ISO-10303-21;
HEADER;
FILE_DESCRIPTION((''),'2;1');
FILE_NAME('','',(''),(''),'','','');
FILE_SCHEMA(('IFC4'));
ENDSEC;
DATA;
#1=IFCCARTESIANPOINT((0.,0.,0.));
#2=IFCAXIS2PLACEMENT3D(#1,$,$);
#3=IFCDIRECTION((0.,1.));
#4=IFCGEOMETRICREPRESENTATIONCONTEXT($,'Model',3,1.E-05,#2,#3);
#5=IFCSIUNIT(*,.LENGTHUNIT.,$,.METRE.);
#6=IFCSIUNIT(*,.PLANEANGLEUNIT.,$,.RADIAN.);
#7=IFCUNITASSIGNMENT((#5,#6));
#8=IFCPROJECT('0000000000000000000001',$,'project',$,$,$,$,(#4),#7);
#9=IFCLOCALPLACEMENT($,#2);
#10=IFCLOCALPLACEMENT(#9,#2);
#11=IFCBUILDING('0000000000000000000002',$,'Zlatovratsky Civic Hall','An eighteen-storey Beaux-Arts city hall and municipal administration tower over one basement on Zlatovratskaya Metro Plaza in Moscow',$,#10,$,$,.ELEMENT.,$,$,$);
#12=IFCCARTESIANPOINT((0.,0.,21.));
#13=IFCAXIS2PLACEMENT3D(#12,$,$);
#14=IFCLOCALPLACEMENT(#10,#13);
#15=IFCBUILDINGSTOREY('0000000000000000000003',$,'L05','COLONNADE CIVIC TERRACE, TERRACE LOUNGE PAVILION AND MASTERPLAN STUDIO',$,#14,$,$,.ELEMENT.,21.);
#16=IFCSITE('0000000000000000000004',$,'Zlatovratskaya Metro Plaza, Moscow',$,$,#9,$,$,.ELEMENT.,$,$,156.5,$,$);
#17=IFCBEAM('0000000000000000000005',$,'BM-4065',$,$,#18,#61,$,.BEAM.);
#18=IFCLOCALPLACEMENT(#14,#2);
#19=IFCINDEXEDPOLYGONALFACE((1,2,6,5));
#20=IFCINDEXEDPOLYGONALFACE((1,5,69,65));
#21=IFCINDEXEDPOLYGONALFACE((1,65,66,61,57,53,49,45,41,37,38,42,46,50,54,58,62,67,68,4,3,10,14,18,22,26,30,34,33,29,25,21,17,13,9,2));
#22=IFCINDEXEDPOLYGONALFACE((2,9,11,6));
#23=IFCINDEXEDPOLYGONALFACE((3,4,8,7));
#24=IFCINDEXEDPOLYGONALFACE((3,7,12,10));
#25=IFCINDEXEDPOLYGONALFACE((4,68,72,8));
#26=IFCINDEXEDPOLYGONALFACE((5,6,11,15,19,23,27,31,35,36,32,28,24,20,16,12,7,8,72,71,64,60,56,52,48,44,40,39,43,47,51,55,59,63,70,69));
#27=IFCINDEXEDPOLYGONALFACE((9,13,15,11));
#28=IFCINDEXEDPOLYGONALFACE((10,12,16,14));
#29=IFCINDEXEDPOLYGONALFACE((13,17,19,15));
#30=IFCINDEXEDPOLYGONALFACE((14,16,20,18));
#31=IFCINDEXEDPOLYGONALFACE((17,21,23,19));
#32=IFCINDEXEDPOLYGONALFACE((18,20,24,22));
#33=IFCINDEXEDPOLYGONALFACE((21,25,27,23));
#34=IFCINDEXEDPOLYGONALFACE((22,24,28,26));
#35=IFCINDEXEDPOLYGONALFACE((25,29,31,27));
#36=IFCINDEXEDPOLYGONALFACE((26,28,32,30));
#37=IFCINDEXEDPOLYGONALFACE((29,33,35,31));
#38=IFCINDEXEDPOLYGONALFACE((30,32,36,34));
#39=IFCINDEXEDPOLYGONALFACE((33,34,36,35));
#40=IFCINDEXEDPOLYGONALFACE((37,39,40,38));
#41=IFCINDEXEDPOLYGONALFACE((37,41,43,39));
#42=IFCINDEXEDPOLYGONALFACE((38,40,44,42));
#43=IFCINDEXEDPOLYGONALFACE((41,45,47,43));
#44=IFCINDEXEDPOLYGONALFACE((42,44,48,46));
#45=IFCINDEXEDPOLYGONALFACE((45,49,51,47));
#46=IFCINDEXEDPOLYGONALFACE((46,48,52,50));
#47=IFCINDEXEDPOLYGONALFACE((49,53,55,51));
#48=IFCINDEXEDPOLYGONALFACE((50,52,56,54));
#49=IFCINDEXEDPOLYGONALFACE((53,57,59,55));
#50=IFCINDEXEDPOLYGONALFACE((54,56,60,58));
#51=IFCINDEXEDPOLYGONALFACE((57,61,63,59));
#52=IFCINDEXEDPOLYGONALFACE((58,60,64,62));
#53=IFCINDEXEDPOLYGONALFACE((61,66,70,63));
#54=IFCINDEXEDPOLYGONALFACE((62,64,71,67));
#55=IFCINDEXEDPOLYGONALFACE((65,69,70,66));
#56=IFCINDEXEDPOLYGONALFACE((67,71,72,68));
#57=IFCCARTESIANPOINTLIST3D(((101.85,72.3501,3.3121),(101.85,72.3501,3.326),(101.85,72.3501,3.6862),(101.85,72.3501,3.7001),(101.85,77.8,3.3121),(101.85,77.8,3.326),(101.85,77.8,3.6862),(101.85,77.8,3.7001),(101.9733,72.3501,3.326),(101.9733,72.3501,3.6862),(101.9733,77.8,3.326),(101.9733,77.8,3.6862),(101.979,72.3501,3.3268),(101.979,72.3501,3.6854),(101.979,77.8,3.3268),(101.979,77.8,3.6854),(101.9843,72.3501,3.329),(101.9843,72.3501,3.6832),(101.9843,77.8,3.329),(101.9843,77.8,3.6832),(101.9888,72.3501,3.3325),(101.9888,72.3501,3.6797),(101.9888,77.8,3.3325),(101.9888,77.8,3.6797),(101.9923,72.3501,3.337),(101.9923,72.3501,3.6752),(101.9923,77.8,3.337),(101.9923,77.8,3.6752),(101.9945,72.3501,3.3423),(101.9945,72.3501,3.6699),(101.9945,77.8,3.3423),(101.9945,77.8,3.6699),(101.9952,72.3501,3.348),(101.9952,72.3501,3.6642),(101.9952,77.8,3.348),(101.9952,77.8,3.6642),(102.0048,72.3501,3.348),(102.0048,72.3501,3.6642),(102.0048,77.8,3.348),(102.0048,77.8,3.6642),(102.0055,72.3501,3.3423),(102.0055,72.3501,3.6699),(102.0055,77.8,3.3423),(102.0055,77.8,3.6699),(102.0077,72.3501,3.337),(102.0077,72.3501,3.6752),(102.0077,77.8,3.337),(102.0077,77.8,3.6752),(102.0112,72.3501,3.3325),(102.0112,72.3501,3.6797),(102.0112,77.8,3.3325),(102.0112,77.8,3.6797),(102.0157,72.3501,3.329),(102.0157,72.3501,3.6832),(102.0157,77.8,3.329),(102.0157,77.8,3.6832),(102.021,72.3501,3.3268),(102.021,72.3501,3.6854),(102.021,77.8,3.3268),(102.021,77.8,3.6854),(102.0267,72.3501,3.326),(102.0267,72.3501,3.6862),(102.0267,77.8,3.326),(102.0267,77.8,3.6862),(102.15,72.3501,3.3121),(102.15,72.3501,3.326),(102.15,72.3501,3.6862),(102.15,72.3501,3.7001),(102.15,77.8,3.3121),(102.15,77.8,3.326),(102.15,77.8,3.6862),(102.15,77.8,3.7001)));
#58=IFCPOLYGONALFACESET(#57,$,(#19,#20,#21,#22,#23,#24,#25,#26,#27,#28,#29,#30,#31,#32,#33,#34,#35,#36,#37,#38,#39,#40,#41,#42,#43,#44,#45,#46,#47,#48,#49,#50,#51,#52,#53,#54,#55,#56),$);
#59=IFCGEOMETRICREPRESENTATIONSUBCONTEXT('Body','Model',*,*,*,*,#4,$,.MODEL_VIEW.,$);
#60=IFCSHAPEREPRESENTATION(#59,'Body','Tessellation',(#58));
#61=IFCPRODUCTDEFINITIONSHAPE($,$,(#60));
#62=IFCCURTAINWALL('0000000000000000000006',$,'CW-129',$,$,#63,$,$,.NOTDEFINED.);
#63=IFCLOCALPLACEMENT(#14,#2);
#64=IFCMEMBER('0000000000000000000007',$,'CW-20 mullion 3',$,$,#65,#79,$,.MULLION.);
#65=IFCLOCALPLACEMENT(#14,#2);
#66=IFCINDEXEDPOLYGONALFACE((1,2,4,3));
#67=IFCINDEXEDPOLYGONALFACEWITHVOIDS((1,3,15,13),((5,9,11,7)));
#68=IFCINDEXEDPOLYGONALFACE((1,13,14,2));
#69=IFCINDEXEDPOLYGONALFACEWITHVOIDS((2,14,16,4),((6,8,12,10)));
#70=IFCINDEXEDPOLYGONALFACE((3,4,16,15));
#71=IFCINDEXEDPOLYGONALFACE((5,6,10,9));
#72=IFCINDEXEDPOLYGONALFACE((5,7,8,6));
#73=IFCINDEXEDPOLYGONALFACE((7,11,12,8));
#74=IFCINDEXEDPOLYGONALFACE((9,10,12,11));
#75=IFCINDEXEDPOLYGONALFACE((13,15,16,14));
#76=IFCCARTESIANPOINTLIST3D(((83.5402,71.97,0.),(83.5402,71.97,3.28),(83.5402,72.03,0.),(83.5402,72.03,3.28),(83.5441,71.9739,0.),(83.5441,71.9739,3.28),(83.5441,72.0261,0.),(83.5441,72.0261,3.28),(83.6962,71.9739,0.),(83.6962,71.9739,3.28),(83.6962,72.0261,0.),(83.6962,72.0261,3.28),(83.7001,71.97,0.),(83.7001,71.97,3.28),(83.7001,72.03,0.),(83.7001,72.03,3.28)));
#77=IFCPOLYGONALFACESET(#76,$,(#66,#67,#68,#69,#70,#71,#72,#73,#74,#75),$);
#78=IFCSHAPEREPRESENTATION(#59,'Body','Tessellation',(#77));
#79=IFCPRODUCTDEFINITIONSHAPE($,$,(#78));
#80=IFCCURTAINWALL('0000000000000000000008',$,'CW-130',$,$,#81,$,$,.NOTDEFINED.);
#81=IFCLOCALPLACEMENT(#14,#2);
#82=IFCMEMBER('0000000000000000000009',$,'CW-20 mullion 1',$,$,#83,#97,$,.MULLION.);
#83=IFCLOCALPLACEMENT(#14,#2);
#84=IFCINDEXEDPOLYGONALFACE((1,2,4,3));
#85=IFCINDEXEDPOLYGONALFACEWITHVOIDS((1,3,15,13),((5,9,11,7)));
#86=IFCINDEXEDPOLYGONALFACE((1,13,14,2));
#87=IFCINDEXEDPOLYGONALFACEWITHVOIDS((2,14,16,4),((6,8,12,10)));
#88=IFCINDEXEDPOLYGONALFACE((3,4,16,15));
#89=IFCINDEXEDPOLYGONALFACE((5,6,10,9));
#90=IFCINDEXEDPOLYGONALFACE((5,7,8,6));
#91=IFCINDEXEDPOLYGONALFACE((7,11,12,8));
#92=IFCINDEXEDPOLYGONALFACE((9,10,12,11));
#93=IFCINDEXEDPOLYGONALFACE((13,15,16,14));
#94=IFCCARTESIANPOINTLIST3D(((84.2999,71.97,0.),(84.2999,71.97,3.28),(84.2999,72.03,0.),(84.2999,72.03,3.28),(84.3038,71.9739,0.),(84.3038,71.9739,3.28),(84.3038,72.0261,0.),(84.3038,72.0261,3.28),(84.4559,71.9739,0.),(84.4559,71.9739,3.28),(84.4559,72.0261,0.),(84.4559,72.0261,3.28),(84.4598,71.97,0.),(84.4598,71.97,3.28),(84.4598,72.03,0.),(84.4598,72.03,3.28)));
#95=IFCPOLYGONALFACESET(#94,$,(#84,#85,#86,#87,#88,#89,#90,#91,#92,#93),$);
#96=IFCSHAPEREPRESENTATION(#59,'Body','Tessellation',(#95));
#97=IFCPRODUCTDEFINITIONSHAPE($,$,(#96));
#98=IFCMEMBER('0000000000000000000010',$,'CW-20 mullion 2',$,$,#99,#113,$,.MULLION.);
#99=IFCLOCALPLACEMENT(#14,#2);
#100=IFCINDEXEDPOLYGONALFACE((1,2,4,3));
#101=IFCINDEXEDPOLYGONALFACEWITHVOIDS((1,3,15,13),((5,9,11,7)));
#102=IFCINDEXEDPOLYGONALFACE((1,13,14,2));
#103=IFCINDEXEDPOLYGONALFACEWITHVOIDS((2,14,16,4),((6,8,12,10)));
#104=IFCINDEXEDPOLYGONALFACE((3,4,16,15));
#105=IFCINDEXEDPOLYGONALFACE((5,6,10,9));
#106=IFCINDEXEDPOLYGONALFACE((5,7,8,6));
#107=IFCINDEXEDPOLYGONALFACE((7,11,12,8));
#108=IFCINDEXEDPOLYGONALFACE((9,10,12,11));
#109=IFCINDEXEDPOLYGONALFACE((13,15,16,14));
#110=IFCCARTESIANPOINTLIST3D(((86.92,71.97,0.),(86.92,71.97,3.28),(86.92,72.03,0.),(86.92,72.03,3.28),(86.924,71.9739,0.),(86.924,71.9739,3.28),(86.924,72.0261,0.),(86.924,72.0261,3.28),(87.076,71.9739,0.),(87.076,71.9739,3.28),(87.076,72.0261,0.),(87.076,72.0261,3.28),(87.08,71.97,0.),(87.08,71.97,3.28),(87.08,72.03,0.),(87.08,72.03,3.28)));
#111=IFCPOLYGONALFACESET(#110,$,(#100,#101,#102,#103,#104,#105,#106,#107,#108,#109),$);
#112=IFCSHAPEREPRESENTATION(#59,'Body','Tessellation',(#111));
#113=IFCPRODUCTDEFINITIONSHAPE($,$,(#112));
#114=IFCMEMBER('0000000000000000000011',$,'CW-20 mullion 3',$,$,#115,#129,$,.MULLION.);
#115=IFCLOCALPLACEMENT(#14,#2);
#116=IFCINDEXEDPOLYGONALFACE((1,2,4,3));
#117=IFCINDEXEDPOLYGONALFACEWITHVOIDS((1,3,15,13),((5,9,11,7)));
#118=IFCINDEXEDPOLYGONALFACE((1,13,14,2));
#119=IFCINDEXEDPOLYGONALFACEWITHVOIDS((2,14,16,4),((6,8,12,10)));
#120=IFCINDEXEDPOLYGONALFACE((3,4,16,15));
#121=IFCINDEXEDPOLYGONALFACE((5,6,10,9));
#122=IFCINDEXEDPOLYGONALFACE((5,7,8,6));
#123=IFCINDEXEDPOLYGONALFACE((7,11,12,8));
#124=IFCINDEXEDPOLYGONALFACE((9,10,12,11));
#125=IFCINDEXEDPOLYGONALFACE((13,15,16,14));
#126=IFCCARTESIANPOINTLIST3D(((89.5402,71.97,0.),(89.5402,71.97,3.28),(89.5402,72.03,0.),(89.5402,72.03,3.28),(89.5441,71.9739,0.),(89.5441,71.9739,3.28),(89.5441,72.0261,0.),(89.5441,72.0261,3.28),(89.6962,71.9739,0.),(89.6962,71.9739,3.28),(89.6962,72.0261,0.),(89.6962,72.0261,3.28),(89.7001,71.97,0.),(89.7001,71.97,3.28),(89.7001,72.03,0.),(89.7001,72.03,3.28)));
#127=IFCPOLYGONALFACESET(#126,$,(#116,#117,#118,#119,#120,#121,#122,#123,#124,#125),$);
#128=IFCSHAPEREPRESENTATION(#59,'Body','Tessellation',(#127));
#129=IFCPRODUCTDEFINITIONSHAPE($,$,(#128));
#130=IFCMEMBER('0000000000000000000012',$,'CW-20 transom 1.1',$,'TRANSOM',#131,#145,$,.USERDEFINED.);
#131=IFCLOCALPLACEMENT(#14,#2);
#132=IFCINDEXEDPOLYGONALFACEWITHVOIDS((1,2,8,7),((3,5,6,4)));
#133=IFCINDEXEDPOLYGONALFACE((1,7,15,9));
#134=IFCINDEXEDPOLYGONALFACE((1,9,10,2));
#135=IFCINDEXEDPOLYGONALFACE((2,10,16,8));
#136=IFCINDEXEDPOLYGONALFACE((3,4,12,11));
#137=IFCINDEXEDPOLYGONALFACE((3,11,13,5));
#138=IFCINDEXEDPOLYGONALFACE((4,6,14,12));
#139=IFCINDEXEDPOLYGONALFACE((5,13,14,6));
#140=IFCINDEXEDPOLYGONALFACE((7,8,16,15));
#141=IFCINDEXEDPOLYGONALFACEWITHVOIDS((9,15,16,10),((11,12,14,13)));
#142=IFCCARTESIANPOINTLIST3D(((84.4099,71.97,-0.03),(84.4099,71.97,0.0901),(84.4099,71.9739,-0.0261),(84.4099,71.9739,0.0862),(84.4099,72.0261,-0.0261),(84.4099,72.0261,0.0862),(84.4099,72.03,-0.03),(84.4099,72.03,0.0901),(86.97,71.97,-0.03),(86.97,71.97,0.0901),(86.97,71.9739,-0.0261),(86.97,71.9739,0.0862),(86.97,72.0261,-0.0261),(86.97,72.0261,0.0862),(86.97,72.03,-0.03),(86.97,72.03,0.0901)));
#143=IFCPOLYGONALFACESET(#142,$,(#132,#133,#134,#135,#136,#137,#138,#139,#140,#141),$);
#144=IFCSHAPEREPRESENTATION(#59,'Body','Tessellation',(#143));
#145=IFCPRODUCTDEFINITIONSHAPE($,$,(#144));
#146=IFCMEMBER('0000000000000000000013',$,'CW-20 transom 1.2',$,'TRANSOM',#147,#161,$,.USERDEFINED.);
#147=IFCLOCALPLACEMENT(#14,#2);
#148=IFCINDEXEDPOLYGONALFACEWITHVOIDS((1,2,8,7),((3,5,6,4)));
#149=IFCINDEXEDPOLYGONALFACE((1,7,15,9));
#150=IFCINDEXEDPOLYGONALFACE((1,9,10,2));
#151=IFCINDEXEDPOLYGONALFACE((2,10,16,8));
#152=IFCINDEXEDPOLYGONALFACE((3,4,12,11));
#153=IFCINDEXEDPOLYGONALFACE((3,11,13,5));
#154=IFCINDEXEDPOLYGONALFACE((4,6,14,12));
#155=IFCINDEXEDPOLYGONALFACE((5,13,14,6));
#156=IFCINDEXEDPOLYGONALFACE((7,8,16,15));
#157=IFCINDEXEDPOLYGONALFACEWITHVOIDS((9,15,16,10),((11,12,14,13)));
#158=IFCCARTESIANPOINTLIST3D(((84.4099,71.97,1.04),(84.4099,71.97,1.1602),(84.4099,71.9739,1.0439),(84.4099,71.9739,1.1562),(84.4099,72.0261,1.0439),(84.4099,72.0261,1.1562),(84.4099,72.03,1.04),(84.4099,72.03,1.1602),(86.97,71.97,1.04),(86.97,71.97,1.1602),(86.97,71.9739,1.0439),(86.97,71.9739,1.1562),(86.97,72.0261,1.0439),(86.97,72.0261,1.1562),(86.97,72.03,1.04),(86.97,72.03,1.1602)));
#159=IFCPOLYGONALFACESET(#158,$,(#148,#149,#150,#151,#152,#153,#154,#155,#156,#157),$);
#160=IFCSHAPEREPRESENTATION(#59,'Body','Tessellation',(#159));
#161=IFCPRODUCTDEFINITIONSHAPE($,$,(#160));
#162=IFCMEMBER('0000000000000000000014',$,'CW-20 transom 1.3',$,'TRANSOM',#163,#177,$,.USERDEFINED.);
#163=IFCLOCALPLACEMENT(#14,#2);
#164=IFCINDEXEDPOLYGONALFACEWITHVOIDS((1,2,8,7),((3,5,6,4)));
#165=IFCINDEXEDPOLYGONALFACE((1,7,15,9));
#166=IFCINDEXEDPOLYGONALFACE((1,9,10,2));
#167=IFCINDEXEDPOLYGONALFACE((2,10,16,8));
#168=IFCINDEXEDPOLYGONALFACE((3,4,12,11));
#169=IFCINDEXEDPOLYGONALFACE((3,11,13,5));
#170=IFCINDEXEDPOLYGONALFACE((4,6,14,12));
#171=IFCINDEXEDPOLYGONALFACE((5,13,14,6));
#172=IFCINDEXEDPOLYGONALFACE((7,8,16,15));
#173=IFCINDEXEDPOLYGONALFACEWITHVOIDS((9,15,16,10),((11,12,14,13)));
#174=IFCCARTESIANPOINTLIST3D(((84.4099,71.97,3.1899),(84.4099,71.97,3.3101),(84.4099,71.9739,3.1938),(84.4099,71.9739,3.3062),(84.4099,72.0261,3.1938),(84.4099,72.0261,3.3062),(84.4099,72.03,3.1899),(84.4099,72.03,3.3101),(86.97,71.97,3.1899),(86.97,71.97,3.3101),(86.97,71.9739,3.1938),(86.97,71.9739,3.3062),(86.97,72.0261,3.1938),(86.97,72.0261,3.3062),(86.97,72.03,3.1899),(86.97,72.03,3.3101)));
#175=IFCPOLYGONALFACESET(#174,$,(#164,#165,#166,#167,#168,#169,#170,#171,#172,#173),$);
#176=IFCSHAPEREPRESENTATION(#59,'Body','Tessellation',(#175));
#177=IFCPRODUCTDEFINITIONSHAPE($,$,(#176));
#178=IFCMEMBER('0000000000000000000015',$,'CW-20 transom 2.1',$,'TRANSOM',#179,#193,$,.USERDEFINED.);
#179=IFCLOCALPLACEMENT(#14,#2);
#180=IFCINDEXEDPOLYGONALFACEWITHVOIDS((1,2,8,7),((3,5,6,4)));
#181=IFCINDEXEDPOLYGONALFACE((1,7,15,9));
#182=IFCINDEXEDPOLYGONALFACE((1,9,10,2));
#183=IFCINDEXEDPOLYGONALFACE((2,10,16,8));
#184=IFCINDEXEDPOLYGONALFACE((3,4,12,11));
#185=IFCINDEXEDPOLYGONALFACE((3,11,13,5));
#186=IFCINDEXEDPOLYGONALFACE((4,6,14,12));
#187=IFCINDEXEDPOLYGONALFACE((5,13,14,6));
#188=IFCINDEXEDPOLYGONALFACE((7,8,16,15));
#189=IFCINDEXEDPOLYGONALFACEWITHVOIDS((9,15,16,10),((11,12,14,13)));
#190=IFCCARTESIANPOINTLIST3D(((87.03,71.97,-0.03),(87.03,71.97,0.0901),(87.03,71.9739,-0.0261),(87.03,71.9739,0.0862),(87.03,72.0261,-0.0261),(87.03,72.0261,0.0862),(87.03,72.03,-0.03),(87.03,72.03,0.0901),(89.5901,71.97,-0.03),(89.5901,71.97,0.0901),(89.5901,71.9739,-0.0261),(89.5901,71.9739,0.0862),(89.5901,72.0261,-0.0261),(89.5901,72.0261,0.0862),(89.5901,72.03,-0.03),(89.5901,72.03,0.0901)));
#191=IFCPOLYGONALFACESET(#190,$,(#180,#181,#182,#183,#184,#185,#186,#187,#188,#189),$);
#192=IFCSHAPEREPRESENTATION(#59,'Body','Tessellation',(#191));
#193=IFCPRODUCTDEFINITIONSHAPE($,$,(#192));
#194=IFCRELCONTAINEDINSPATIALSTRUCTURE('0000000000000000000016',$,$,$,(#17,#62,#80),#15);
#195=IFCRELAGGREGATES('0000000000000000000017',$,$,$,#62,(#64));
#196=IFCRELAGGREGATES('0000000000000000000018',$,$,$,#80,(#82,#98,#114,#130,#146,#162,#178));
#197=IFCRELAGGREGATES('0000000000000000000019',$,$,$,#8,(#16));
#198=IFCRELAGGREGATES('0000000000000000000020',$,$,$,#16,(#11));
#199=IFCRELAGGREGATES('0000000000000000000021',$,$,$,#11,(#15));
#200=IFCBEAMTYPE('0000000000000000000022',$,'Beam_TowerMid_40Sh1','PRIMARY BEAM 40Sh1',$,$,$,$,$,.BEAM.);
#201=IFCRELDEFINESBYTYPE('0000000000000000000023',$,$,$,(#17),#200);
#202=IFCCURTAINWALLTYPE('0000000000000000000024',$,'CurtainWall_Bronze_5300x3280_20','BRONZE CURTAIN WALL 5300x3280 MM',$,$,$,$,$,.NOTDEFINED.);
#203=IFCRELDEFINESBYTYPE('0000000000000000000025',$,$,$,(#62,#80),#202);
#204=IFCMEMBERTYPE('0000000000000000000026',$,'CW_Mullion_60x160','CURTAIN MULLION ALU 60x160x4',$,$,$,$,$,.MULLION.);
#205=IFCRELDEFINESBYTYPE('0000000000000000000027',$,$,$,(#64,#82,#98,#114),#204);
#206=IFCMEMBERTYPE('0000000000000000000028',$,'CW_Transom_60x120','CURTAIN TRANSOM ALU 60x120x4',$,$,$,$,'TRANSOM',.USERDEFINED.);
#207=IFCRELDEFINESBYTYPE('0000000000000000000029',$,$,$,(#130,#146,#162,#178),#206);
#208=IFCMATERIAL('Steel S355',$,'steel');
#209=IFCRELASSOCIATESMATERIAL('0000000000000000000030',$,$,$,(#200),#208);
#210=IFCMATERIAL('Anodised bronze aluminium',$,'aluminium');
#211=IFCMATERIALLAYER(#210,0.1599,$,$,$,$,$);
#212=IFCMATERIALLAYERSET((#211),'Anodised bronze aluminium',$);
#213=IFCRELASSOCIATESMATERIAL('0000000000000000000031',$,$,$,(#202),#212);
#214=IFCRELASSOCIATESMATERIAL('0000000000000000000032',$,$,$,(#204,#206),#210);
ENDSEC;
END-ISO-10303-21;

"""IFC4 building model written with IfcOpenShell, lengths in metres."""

from ifc_helpers import new_model, si_unit, direction, frame, origin, origin_2d, place, context, subcontext, project, spatial, hollow_rectangle, i_section, extrude, material, layer, layer_set, material_profile, profile_set, type_object, element, aggregate, save


model = new_model("IFC4")

# Units and contexts
model_context = context("Model", 3, precision=1e-05, world=origin(), true_north=direction((0.0, 1.0)))
body_context = subcontext(model_context, "Body", "Model", "MODEL_VIEW")
ifc_project = project(units=[si_unit("LENGTHUNIT", "METRE"), si_unit("PLANEANGLEUNIT", "RADIAN")], contexts=[model_context])

# Site, building, storey
site_placement = place(None, origin())
site = spatial("IfcSite", under=ifc_project, at=site_placement, Name="Zlatovratskaya Metro Plaza, Moscow", CompositionType="ELEMENT", RefElevation=156.5)
building_placement = place(site_placement, origin())
building = spatial("IfcBuilding", under=site, at=building_placement, Name="Zlatovratsky Civic Hall", Description="An eighteen-storey Beaux-Arts city hall and municipal administration tower over one basement on Zlatovratskaya Metro Plaza in Moscow", CompositionType="ELEMENT")
storey_placement = place(building_placement, frame((0.0, 0.0, 21.0)))
storey = spatial("IfcBuildingStorey", under=building, at=storey_placement, Name="L05", Description="COLONNADE CIVIC TERRACE, TERRACE LOUNGE PAVILION AND MASTERPLAN STUDIO", CompositionType="ELEMENT", Elevation=21.0)

# Shared definitions
ifc_material_1 = material(Name="Steel S355", Category="steel")

# Beam
ifc_material_profile_1 = material_profile(ifc_material_1, i_section(OverallWidth=0.3, OverallDepth=0.3879, WebThickness=0.0095, FlangeThickness=0.0139, FilletRadius=0.022, at=origin_2d()), Name="40Sh1")
ifc_profile_set_1 = profile_set([ifc_material_profile_1], Name="Steel S355")
beam_type_1 = type_object("IfcBeamType", Name="Beam_TowerMid_40Sh1", Description="PRIMARY BEAM 40Sh1", PredefinedType="BEAM", material=ifc_profile_set_1)
for number, where, z_axis, x_axis, name in (
    (1, (102.0, 72.3501, 3.5061), (0.0, 1.0, 0.0), (-1.0, 0.0, 0.0), "BM-4065"),
):
    element("IfcBeam", number, at=place(storey_placement, frame(where, z_axis=z_axis, x_axis=x_axis)), inside=storey, type_object=beam_type_1, Name=name, PredefinedType="BEAM", context=body_context, shape_type="SweptSolid", body=[
        extrude(i_section(OverallWidth=0.3, OverallDepth=0.3879, WebThickness=0.0095, FlangeThickness=0.0139, FilletRadius=0.022, at=origin_2d()), origin(), (0.0, 0.0, 1.0), 5.45),
    ])

# Curtain wall, member
ifc_material_2 = material(Name="Anodised bronze aluminium", Category="aluminium")
ifc_layer_1 = layer(ifc_material_2, 0.1599)
ifc_layer_set_1 = layer_set([ifc_layer_1], Name="Anodised bronze aluminium")
curtain_wall_type = type_object("IfcCurtainWallType", Name="CurtainWall_Bronze_5300x3280_20", Description="BRONZE CURTAIN WALL 5300x3280 MM", PredefinedType="NOTDEFINED", material=ifc_layer_set_1)
curtain_wall_1_placement = place(storey_placement, origin())
curtain_wall_1 = element("IfcCurtainWall", 2, at=curtain_wall_1_placement, inside=storey, type_object=curtain_wall_type, Name="CW-129", PredefinedType="NOTDEFINED")
ifc_material_profile_2 = material_profile(ifc_material_2, hollow_rectangle(XDim=0.0601, YDim=0.1599, WallThickness=0.0039, at=origin_2d()), Name="ALU 60x160x4")
ifc_profile_set_2 = profile_set([ifc_material_profile_2], Name="Anodised bronze aluminium")
member_type_1 = type_object("IfcMemberType", Name="CW_Mullion_60x160", Description="CURTAIN MULLION ALU 60x160x4", PredefinedType="MULLION", material=ifc_profile_set_2)
member_1_placement = place(storey_placement, frame((83.6201, 72.0, 0.0), z_axis=(0.0, 0.0, 1.0), x_axis=(0.0, 1.0, 0.0)))
member_1 = element("IfcMember", 3, at=member_1_placement, type_object=member_type_1, Name="CW-20 mullion 3", PredefinedType="MULLION", context=body_context, shape_type="SweptSolid", body=[
    extrude(hollow_rectangle(XDim=0.0601, YDim=0.1599, WallThickness=0.0039, at=origin_2d()), origin(), (0.0, 0.0, 1.0), 3.28),
])

# Curtain wall, members
curtain_wall_2_placement = place(storey_placement, origin())
curtain_wall_2 = element("IfcCurtainWall", 4, at=curtain_wall_2_placement, inside=storey, type_object=curtain_wall_type, Name="CW-130", PredefinedType="NOTDEFINED")
member_2_placement = place(storey_placement, frame((84.3799, 72.0, 0.0), z_axis=(0.0, 0.0, 1.0), x_axis=(0.0, 1.0, 0.0)))
member_2 = element("IfcMember", 5, at=member_2_placement, type_object=member_type_1, Name="CW-20 mullion 1", PredefinedType="MULLION", context=body_context, shape_type="SweptSolid", body=[
    extrude(hollow_rectangle(XDim=0.0601, YDim=0.1599, WallThickness=0.0039, at=origin_2d()), origin(), (0.0, 0.0, 1.0), 3.28),
])
member_3_placement = place(storey_placement, frame((87.0, 72.0, 0.0), z_axis=(0.0, 0.0, 1.0), x_axis=(0.0, 1.0, 0.0)))
member_3 = element("IfcMember", 6, at=member_3_placement, type_object=member_type_1, Name="CW-20 mullion 2", PredefinedType="MULLION", context=body_context, shape_type="SweptSolid", body=[
    extrude(hollow_rectangle(XDim=0.0601, YDim=0.1599, WallThickness=0.0039, at=origin_2d()), origin(), (0.0, 0.0, 1.0), 3.28),
])
member_4_placement = place(storey_placement, frame((89.6201, 72.0, 0.0), z_axis=(0.0, 0.0, 1.0), x_axis=(0.0, 1.0, 0.0)))
member_4 = element("IfcMember", 7, at=member_4_placement, type_object=member_type_1, Name="CW-20 mullion 3", PredefinedType="MULLION", context=body_context, shape_type="SweptSolid", body=[
    extrude(hollow_rectangle(XDim=0.0601, YDim=0.1599, WallThickness=0.0039, at=origin_2d()), origin(), (0.0, 0.0, 1.0), 3.28),
])
ifc_material_profile_3 = material_profile(ifc_material_2, hollow_rectangle(XDim=0.0601, YDim=0.1201, WallThickness=0.0039, at=origin_2d()), Name="ALU 60x120x4")
ifc_profile_set_3 = profile_set([ifc_material_profile_3], Name="Anodised bronze aluminium")
member_type_2 = type_object("IfcMemberType", Name="CW_Transom_60x120", Description="CURTAIN TRANSOM ALU 60x120x4", ElementType="TRANSOM", PredefinedType="USERDEFINED", material=ifc_profile_set_3)
member_5_placement = place(storey_placement, frame((84.4099, 72.0, 0.03), z_axis=(1.0, 0.0, 0.0), x_axis=(0.0, 1.0, 0.0)))
member_5 = element("IfcMember", 8, at=member_5_placement, type_object=member_type_2, Name="CW-20 transom 1.1", ObjectType="TRANSOM", PredefinedType="USERDEFINED", context=body_context, shape_type="SweptSolid", body=[
    extrude(hollow_rectangle(XDim=0.0601, YDim=0.1201, WallThickness=0.0039, at=origin_2d()), origin(), (0.0, 0.0, 1.0), 2.5601),
])
member_6_placement = place(storey_placement, frame((84.4099, 72.0, 1.1001), z_axis=(1.0, 0.0, 0.0), x_axis=(0.0, 1.0, 0.0)))
member_6 = element("IfcMember", 9, at=member_6_placement, type_object=member_type_2, Name="CW-20 transom 1.2", ObjectType="TRANSOM", PredefinedType="USERDEFINED", context=body_context, shape_type="SweptSolid", body=[
    extrude(hollow_rectangle(XDim=0.0601, YDim=0.1201, WallThickness=0.0039, at=origin_2d()), origin(), (0.0, 0.0, 1.0), 2.5601),
])
member_7_placement = place(storey_placement, frame((84.4099, 72.0, 3.25), z_axis=(1.0, 0.0, 0.0), x_axis=(0.0, 1.0, 0.0)))
member_7 = element("IfcMember", 10, at=member_7_placement, type_object=member_type_2, Name="CW-20 transom 1.3", ObjectType="TRANSOM", PredefinedType="USERDEFINED", context=body_context, shape_type="SweptSolid", body=[
    extrude(hollow_rectangle(XDim=0.0601, YDim=0.1201, WallThickness=0.0039, at=origin_2d()), origin(), (0.0, 0.0, 1.0), 2.5601),
])
member_8_placement = place(storey_placement, frame((87.03, 72.0, 0.03), z_axis=(1.0, 0.0, 0.0), x_axis=(0.0, 1.0, 0.0)))
member_8 = element("IfcMember", 11, at=member_8_placement, type_object=member_type_2, Name="CW-20 transom 2.1", ObjectType="TRANSOM", PredefinedType="USERDEFINED", context=body_context, shape_type="SweptSolid", body=[
    extrude(hollow_rectangle(XDim=0.0601, YDim=0.1201, WallThickness=0.0039, at=origin_2d()), origin(), (0.0, 0.0, 1.0), 2.5601),
])

aggregate(curtain_wall_1, [member_1])
aggregate(curtain_wall_2, [member_2, member_3, member_4, member_5, member_6, member_7, member_8])

save(model, "model.ifc")
